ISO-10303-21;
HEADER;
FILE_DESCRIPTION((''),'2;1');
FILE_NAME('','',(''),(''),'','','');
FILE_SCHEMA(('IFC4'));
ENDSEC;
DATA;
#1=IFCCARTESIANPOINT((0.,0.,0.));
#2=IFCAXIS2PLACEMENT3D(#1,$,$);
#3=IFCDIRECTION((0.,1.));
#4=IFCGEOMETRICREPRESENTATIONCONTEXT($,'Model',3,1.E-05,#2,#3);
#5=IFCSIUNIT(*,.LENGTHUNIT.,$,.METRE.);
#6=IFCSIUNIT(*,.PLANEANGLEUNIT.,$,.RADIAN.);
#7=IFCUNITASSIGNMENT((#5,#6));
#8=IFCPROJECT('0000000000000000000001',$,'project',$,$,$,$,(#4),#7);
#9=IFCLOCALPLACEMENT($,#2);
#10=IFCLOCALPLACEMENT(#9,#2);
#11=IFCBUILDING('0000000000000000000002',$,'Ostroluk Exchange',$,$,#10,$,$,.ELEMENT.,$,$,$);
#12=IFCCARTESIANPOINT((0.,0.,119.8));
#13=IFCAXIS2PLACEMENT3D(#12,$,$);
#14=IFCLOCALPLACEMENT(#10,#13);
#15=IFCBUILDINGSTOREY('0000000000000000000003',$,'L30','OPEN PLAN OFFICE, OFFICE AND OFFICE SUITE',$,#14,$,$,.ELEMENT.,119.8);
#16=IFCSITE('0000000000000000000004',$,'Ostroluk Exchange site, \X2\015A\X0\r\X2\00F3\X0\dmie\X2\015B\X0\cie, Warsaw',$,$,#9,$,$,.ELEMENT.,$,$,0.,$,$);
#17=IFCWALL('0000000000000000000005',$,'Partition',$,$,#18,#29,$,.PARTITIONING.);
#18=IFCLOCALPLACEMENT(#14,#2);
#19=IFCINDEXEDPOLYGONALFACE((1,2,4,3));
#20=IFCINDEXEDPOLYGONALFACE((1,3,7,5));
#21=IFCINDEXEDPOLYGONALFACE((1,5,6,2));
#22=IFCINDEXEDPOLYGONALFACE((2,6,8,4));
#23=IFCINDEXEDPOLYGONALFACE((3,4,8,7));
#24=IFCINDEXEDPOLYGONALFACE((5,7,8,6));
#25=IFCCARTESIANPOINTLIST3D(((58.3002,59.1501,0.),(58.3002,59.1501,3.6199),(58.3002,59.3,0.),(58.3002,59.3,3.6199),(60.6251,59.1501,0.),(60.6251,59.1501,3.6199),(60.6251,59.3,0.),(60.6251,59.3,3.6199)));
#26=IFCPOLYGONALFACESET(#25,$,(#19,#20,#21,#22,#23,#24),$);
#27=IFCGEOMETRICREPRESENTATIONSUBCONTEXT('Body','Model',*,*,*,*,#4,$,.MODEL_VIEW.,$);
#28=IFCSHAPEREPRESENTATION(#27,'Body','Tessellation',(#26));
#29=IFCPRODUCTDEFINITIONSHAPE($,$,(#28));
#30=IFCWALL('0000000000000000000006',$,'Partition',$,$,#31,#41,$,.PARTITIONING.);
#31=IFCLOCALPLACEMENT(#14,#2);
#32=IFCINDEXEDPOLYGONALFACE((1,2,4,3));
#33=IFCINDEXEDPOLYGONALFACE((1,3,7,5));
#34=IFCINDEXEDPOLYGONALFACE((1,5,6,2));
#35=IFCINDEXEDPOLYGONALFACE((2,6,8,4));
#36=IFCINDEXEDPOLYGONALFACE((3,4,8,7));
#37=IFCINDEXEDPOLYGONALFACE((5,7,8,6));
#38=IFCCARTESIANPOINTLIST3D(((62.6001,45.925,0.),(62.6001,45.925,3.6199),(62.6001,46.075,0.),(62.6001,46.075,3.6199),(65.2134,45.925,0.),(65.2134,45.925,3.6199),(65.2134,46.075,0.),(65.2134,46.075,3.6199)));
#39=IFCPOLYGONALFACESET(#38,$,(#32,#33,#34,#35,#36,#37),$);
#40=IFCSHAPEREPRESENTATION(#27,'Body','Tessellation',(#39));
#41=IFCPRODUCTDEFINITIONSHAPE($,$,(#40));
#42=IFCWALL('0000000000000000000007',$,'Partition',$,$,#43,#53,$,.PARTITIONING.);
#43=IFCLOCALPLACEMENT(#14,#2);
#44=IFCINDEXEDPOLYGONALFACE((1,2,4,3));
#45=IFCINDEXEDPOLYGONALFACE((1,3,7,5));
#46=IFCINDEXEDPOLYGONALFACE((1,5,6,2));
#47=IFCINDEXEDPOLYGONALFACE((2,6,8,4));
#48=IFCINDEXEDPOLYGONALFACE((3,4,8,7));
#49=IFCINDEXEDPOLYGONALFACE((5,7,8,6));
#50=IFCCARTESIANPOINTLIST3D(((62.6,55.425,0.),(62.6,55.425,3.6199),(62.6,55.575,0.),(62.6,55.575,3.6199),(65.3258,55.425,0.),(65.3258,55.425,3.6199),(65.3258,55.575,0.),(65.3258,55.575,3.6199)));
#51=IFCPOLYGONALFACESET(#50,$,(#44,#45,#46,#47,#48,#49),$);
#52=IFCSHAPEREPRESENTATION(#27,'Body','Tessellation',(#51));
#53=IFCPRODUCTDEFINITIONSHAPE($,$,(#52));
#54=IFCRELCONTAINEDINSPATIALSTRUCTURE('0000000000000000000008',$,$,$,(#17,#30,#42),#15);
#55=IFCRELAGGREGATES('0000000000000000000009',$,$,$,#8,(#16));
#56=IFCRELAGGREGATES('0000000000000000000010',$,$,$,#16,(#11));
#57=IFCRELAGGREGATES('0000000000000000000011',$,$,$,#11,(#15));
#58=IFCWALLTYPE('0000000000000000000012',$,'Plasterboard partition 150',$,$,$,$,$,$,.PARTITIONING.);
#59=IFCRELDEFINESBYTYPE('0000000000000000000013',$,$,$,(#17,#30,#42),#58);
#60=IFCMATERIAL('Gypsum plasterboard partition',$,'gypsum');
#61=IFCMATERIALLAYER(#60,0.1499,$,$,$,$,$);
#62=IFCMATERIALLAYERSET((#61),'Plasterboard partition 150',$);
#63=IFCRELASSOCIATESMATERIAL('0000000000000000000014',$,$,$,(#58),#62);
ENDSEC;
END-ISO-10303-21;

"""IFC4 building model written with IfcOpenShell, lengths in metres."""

from ifc_helpers import new_model, si_unit, direction, frame, frame_2d, origin, place, context, subcontext, project, spatial, rectangle, extrude, material, layer, layer_set, type_object, element, save


model = new_model("IFC4")

# Units and contexts
model_context = context("Model", 3, precision=1e-05, world=origin(), true_north=direction((0.0, 1.0)))
body_context = subcontext(model_context, "Body", "Model", "MODEL_VIEW")
ifc_project = project(units=[si_unit("LENGTHUNIT", "METRE"), si_unit("PLANEANGLEUNIT", "RADIAN")], contexts=[model_context])

# Site, building, storey
site_placement = place(None, origin())
site = spatial("IfcSite", under=ifc_project, at=site_placement, Name="Ostroluk Exchange site, Śródmieście, Warsaw", CompositionType="ELEMENT", RefElevation=0.0)
building_placement = place(site_placement, origin())
building = spatial("IfcBuilding", under=site, at=building_placement, Name="Ostroluk Exchange", CompositionType="ELEMENT")
storey_placement = place(building_placement, frame((0.0, 0.0, 119.8)))
storey = spatial("IfcBuildingStorey", under=building, at=storey_placement, Name="L30", Description="OPEN PLAN OFFICE, OFFICE AND OFFICE SUITE", CompositionType="ELEMENT", Elevation=119.8)

# Shared definitions
ifc_material_1 = material(Name="Gypsum plasterboard partition", Category="gypsum")
ifc_layer_1 = layer(ifc_material_1, 0.1499)
ifc_layer_set_1 = layer_set([ifc_layer_1], Name="Plasterboard partition 150")
wall_type_1 = type_object("IfcWallType", Name="Plasterboard partition 150", PredefinedType="PARTITIONING", material=ifc_layer_set_1)

# Walls
for number, where, z_axis, x_axis, name in (
    (1, (58.3, 59.2251, 0.0), (0.0, 0.0, 1.0), (1.0, 0.0, 0.0), "Partition"),
):
    element("IfcWall", number, at=place(storey_placement, frame(where, z_axis=z_axis, x_axis=x_axis)), inside=storey, type_object=wall_type_1, Name=name, PredefinedType="PARTITIONING", context=body_context, shape_type="SweptSolid", body=[
        extrude(rectangle(XDim=2.325, YDim=0.1499, at=frame_2d((1.1626, 0.0))), origin(), (0.0, 0.0, 1.0), 3.6199),
    ])
wall_1_placement = place(storey_placement, frame((62.6001, 46.0, 0.0), z_axis=(0.0, 0.0, 1.0), x_axis=(1.0, 0.0, 0.0)))
element("IfcWall", 2, at=wall_1_placement, inside=storey, type_object=wall_type_1, Name="Partition", PredefinedType="PARTITIONING", context=body_context, shape_type="SweptSolid", body=[
    extrude(rectangle(XDim=2.6133, YDim=0.1499, at=frame_2d((1.3066, 0.0))), origin(), (0.0, 0.0, 1.0), 3.6199),
])
wall_2_placement = place(storey_placement, frame((62.6001, 55.5, 0.0), z_axis=(0.0, 0.0, 1.0), x_axis=(1.0, 0.0, 0.0)))
element("IfcWall", 3, at=wall_2_placement, inside=storey, type_object=wall_type_1, Name="Partition", PredefinedType="PARTITIONING", context=body_context, shape_type="SweptSolid", body=[
    extrude(rectangle(XDim=2.7258, YDim=0.1499, at=frame_2d((1.3628, 0.0))), origin(), (0.0, 0.0, 1.0), 3.6199),
])

save(model, "model.ifc")
